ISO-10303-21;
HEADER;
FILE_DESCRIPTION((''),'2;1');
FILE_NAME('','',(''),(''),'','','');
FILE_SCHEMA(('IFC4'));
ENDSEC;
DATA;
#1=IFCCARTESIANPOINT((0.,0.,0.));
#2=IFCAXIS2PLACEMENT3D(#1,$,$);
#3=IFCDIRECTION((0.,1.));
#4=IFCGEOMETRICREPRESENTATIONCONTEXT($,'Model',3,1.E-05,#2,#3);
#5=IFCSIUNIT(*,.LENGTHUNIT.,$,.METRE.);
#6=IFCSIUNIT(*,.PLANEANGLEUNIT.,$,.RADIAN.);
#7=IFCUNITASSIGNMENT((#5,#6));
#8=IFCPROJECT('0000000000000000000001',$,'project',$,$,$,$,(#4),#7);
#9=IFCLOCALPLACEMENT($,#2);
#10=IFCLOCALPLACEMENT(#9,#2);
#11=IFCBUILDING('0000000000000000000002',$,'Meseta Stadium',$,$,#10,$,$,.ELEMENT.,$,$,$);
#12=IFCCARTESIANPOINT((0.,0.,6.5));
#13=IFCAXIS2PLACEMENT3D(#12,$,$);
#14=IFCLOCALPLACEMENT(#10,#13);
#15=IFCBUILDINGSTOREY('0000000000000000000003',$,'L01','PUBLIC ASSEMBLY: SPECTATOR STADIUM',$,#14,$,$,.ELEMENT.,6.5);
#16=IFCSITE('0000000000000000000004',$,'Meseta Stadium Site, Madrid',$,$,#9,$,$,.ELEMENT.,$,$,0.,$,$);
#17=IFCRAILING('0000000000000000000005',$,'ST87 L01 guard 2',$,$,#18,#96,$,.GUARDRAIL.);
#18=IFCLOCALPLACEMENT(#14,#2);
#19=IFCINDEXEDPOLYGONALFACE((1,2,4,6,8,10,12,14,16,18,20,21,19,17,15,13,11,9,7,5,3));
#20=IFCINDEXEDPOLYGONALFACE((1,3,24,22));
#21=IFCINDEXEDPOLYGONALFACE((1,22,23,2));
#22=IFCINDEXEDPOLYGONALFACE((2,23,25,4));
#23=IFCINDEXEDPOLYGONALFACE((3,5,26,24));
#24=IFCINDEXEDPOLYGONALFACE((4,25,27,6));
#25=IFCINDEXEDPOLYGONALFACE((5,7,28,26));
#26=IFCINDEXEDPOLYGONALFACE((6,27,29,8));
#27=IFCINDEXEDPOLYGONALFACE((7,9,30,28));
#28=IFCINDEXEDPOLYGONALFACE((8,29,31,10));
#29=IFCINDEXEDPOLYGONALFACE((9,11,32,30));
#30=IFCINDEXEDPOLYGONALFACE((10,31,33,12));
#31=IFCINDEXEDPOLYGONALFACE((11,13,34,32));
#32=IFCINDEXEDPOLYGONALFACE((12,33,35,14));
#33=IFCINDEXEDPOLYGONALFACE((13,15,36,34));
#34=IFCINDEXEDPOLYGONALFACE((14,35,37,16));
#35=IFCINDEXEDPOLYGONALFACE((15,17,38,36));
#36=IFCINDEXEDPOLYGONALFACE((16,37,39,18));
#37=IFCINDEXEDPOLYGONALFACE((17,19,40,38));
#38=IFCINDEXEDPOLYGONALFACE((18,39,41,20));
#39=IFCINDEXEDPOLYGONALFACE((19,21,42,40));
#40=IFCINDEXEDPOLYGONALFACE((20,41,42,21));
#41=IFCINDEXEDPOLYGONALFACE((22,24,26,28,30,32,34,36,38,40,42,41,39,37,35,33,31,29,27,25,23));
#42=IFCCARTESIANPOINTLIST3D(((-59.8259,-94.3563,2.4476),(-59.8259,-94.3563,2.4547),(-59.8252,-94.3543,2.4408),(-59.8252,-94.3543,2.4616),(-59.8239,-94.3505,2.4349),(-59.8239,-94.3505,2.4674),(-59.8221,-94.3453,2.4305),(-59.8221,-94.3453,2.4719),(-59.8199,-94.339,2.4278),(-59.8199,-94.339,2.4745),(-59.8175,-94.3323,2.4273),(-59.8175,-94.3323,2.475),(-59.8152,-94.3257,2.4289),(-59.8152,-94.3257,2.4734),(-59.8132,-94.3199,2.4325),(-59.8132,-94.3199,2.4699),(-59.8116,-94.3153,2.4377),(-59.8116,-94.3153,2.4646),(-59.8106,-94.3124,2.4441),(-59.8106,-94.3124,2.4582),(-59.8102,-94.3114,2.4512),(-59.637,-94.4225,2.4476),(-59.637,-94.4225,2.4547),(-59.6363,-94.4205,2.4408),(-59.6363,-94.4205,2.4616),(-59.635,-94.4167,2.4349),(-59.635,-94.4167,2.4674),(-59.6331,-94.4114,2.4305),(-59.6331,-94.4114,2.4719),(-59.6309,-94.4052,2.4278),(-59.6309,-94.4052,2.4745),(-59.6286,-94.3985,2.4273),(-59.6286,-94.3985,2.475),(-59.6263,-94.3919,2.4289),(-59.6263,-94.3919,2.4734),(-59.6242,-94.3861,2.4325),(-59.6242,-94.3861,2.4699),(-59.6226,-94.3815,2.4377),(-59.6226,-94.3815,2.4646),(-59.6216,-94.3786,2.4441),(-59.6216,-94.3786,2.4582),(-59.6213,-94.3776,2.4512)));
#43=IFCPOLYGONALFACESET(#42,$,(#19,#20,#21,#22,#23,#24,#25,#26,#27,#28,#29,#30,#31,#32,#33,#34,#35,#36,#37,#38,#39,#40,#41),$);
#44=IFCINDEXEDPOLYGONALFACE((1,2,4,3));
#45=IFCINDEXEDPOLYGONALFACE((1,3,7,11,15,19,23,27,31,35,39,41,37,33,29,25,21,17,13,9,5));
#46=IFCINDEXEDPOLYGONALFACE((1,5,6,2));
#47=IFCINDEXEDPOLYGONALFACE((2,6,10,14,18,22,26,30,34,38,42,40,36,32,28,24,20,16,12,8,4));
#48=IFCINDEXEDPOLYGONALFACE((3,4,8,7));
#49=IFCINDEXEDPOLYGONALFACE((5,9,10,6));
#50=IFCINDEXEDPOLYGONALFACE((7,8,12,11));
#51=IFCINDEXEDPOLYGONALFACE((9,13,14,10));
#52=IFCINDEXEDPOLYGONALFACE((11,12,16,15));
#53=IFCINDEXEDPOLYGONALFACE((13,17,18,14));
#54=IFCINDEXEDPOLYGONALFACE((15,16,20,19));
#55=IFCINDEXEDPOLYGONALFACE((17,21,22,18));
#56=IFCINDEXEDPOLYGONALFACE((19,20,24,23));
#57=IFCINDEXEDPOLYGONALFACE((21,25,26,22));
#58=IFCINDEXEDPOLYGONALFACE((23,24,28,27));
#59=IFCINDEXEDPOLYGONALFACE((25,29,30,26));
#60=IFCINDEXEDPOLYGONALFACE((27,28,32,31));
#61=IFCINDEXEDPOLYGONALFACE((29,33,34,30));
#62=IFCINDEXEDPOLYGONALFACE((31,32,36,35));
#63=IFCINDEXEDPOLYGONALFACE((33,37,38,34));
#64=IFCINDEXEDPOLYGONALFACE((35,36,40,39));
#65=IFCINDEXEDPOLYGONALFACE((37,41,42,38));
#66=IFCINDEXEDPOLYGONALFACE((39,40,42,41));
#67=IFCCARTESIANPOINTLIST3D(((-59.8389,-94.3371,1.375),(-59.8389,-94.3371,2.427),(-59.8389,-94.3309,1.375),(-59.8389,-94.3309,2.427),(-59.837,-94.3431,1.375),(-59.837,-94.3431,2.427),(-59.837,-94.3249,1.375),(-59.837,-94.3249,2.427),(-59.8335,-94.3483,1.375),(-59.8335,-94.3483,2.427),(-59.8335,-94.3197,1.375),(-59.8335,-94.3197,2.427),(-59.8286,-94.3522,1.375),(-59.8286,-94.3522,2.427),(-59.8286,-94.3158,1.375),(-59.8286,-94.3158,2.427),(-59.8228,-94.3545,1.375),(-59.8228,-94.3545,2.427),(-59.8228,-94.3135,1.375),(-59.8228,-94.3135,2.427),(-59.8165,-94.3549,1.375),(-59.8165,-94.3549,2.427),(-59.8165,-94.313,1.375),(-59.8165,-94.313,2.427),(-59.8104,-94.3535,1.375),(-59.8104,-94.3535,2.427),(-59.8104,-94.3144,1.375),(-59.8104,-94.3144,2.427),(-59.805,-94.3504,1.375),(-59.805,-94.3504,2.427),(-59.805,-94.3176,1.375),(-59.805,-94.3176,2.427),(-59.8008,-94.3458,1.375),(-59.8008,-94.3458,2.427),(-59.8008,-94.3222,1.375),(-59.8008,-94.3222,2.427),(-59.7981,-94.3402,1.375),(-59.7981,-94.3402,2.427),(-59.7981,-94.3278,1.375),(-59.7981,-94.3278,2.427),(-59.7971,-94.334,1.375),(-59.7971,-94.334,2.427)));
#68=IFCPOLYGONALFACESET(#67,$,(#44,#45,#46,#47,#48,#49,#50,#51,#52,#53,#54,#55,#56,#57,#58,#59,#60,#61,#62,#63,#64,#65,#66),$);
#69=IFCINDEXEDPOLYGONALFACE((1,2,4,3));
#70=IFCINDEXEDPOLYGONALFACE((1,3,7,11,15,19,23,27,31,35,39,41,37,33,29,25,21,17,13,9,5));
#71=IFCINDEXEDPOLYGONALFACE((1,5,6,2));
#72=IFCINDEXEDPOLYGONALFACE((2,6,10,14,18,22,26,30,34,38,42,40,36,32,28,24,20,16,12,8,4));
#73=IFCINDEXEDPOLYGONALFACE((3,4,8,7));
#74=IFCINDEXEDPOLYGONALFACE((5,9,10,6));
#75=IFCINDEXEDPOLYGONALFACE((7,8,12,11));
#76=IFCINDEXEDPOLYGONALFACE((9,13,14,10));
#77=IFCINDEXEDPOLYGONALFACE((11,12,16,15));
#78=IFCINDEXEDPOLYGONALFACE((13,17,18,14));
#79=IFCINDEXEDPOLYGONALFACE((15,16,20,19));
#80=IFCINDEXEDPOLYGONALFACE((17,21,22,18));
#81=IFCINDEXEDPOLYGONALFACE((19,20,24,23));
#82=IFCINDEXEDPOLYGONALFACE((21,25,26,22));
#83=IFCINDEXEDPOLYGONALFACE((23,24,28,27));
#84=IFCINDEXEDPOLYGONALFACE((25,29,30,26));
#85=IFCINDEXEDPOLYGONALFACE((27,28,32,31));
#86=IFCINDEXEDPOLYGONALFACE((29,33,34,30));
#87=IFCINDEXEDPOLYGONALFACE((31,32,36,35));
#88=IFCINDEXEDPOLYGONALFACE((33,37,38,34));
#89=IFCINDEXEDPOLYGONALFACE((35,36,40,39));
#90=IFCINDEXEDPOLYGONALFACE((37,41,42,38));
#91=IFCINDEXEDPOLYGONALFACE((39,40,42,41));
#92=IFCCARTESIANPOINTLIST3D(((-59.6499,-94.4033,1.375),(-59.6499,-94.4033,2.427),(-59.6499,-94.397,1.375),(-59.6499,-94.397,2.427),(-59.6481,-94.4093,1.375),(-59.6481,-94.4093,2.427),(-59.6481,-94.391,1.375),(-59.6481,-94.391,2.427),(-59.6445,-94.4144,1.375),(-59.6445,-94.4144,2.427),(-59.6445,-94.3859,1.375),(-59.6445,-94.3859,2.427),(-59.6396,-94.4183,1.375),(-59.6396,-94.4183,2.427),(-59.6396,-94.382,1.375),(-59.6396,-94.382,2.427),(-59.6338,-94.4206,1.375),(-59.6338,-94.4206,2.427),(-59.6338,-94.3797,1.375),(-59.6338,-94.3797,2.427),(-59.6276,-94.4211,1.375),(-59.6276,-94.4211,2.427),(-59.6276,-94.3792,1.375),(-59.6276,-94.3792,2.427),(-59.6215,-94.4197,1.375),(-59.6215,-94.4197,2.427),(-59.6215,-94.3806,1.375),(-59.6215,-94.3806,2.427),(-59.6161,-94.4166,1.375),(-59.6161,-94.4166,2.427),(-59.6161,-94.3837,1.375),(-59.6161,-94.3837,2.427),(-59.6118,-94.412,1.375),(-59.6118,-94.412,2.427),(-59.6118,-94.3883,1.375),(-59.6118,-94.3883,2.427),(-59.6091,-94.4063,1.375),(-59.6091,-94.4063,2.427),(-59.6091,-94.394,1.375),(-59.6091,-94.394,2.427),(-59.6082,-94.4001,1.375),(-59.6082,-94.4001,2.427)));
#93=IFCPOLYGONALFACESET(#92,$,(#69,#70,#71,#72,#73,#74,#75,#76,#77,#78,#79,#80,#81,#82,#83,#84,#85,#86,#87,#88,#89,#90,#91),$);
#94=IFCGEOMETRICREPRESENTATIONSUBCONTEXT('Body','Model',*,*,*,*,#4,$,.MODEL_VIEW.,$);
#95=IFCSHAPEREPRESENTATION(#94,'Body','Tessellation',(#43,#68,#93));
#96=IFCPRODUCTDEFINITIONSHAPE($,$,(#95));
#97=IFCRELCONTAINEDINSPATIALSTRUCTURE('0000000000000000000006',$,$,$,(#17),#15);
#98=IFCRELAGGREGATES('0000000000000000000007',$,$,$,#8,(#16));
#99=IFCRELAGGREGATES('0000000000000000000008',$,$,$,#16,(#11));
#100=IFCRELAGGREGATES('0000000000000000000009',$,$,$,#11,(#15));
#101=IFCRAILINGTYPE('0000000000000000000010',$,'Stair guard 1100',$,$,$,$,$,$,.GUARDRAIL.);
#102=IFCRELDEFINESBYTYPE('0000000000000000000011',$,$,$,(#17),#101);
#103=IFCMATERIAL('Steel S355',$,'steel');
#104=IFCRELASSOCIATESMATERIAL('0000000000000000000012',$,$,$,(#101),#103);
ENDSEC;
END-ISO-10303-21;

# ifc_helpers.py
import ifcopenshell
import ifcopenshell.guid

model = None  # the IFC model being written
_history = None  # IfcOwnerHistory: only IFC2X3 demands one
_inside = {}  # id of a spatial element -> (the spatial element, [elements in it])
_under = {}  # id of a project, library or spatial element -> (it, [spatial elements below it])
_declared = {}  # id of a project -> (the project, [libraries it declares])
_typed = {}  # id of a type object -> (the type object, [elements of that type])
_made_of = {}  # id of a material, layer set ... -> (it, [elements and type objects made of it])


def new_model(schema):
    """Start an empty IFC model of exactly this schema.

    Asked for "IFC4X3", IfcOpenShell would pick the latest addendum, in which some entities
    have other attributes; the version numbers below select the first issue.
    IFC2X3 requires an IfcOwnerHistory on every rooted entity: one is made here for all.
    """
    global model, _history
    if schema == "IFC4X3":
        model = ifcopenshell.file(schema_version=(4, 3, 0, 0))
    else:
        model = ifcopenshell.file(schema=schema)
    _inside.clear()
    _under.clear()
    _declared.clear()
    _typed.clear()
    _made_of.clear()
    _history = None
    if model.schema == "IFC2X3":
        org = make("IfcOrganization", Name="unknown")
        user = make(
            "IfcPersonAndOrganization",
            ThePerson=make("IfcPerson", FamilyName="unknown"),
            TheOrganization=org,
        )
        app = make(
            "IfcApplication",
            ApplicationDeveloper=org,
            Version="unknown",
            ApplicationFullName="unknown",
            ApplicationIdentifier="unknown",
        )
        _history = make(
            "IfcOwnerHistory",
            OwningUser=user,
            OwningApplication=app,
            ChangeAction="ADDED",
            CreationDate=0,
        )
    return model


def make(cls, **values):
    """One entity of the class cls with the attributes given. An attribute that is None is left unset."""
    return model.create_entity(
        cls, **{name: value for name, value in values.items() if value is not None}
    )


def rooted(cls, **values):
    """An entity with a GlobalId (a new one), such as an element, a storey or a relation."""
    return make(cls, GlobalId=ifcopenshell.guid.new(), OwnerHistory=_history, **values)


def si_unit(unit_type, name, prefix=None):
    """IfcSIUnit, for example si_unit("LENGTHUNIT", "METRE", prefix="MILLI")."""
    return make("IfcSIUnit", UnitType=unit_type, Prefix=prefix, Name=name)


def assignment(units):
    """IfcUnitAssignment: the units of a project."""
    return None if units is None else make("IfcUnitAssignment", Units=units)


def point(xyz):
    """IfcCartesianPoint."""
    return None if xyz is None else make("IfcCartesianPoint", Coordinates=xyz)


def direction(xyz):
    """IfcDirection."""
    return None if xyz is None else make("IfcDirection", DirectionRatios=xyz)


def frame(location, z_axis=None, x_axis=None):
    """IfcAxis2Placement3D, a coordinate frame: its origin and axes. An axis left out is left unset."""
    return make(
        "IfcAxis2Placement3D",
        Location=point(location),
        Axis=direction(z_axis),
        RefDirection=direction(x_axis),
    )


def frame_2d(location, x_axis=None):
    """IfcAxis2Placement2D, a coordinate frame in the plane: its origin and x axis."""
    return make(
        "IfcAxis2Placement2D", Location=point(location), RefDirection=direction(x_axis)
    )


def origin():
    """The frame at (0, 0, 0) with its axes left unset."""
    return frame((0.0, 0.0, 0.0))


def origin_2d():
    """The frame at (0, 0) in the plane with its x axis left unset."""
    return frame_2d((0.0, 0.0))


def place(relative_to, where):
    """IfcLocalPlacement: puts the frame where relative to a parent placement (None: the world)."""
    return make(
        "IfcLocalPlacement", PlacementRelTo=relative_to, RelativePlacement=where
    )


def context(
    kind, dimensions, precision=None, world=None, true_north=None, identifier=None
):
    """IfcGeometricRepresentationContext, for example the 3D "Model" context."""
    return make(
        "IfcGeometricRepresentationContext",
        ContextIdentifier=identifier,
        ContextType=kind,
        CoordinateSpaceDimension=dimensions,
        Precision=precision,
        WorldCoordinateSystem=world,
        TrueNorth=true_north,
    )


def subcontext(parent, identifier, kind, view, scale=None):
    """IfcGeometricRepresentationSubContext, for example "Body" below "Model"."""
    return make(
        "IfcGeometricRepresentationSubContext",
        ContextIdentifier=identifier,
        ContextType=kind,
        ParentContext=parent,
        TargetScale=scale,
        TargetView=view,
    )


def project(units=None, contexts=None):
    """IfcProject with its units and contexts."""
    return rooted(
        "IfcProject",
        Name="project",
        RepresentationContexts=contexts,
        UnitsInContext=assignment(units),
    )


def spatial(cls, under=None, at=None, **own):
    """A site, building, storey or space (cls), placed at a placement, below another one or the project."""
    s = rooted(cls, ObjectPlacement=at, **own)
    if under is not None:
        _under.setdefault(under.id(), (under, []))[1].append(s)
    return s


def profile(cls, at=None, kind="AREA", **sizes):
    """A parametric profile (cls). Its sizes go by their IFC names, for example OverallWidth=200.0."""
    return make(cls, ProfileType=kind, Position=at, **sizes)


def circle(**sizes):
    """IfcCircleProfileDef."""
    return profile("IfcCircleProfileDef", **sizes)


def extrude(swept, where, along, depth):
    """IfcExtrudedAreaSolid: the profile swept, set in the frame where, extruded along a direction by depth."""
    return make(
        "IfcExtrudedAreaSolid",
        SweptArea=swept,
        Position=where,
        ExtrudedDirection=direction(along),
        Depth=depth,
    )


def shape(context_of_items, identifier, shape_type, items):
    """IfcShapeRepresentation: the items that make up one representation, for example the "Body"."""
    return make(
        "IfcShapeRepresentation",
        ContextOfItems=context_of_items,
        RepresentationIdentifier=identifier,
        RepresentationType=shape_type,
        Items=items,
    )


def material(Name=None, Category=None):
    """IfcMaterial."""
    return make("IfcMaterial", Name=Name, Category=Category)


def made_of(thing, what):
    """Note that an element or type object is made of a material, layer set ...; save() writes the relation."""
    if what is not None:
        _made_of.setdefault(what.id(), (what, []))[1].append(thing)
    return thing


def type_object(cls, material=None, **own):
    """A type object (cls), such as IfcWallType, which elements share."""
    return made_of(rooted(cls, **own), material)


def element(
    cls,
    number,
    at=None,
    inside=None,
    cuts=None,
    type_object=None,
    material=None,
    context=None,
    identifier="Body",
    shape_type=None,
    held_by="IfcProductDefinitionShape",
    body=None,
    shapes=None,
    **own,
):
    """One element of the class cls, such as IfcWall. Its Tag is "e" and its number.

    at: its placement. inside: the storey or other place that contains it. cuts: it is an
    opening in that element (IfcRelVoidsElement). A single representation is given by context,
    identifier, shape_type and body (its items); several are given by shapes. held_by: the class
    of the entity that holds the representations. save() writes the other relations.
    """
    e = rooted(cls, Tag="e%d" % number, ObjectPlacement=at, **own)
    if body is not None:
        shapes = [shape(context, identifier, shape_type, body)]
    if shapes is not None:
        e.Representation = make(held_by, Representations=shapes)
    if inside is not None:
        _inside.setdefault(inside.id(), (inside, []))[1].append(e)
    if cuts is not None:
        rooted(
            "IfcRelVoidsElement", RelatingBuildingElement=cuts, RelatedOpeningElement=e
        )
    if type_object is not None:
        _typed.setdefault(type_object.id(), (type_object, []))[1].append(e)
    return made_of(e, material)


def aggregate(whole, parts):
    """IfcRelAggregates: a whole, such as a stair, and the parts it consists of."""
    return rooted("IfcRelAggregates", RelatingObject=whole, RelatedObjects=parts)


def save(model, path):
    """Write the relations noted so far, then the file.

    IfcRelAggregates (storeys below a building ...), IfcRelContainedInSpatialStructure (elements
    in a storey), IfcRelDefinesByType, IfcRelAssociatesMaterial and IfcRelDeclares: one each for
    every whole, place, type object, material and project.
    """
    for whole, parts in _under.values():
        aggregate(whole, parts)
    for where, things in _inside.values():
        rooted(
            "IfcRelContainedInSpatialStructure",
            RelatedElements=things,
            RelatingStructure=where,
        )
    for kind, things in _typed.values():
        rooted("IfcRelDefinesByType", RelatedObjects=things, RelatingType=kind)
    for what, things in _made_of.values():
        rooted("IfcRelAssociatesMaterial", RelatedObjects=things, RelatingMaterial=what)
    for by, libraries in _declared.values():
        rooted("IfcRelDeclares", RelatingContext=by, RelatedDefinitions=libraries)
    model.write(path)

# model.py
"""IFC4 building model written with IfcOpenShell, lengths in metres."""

from ifc_helpers import new_model, si_unit, direction, frame, origin, origin_2d, place, context, subcontext, project, spatial, circle, extrude, material, type_object, element, save


model = new_model("IFC4")

# Units and contexts
model_context = context("Model", 3, precision=1e-05, world=origin(), true_north=direction((0.0, 1.0)))
body_context = subcontext(model_context, "Body", "Model", "MODEL_VIEW")
ifc_project = project(units=[si_unit("LENGTHUNIT", "METRE"), si_unit("PLANEANGLEUNIT", "RADIAN")], contexts=[model_context])

# Site, building, storey
site_placement = place(None, origin())
site = spatial("IfcSite", under=ifc_project, at=site_placement, Name="Meseta Stadium Site, Madrid", CompositionType="ELEMENT", RefElevation=0.0)
building_placement = place(site_placement, origin())
building = spatial("IfcBuilding", under=site, at=building_placement, Name="Meseta Stadium", CompositionType="ELEMENT")
storey_placement = place(building_placement, frame((0.0, 0.0, 6.5)))
storey = spatial("IfcBuildingStorey", under=building, at=storey_placement, Name="L01", Description="PUBLIC ASSEMBLY: SPECTATOR STADIUM", CompositionType="ELEMENT", Elevation=6.5)

# Railing
ifc_material_1 = material(Name="Steel S355", Category="steel")
railing_type_1 = type_object("IfcRailingType", Name="Stair guard 1100", PredefinedType="GUARDRAIL", material=ifc_material_1)
railing_1_placement = place(storey_placement, frame((-59.8181, -94.334, 1.375)))
element("IfcRailing", 1, at=railing_1_placement, inside=storey, type_object=railing_type_1, Name="ST87 L01 guard 2", PredefinedType="GUARDRAIL", context=body_context, shape_type="SweptSolid", body=[
    extrude(circle(Radius=0.0239, at=origin_2d()), frame((0.0, 0.0, 1.0762), z_axis=(0.94382, -0.330459, 0.0), x_axis=(0.330459, 0.94382, 0.0)), (0.0, 0.0, 1.0), 0.2002),
    extrude(circle(Radius=0.021, at=origin_2d()), origin(), (0.0, 0.0, 1.0), 1.052),
    extrude(circle(Radius=0.021, at=origin_2d()), frame((0.189, -0.0662, 0.0)), (0.0, 0.0, 1.0), 1.052),
])

save(model, "model.ifc")
